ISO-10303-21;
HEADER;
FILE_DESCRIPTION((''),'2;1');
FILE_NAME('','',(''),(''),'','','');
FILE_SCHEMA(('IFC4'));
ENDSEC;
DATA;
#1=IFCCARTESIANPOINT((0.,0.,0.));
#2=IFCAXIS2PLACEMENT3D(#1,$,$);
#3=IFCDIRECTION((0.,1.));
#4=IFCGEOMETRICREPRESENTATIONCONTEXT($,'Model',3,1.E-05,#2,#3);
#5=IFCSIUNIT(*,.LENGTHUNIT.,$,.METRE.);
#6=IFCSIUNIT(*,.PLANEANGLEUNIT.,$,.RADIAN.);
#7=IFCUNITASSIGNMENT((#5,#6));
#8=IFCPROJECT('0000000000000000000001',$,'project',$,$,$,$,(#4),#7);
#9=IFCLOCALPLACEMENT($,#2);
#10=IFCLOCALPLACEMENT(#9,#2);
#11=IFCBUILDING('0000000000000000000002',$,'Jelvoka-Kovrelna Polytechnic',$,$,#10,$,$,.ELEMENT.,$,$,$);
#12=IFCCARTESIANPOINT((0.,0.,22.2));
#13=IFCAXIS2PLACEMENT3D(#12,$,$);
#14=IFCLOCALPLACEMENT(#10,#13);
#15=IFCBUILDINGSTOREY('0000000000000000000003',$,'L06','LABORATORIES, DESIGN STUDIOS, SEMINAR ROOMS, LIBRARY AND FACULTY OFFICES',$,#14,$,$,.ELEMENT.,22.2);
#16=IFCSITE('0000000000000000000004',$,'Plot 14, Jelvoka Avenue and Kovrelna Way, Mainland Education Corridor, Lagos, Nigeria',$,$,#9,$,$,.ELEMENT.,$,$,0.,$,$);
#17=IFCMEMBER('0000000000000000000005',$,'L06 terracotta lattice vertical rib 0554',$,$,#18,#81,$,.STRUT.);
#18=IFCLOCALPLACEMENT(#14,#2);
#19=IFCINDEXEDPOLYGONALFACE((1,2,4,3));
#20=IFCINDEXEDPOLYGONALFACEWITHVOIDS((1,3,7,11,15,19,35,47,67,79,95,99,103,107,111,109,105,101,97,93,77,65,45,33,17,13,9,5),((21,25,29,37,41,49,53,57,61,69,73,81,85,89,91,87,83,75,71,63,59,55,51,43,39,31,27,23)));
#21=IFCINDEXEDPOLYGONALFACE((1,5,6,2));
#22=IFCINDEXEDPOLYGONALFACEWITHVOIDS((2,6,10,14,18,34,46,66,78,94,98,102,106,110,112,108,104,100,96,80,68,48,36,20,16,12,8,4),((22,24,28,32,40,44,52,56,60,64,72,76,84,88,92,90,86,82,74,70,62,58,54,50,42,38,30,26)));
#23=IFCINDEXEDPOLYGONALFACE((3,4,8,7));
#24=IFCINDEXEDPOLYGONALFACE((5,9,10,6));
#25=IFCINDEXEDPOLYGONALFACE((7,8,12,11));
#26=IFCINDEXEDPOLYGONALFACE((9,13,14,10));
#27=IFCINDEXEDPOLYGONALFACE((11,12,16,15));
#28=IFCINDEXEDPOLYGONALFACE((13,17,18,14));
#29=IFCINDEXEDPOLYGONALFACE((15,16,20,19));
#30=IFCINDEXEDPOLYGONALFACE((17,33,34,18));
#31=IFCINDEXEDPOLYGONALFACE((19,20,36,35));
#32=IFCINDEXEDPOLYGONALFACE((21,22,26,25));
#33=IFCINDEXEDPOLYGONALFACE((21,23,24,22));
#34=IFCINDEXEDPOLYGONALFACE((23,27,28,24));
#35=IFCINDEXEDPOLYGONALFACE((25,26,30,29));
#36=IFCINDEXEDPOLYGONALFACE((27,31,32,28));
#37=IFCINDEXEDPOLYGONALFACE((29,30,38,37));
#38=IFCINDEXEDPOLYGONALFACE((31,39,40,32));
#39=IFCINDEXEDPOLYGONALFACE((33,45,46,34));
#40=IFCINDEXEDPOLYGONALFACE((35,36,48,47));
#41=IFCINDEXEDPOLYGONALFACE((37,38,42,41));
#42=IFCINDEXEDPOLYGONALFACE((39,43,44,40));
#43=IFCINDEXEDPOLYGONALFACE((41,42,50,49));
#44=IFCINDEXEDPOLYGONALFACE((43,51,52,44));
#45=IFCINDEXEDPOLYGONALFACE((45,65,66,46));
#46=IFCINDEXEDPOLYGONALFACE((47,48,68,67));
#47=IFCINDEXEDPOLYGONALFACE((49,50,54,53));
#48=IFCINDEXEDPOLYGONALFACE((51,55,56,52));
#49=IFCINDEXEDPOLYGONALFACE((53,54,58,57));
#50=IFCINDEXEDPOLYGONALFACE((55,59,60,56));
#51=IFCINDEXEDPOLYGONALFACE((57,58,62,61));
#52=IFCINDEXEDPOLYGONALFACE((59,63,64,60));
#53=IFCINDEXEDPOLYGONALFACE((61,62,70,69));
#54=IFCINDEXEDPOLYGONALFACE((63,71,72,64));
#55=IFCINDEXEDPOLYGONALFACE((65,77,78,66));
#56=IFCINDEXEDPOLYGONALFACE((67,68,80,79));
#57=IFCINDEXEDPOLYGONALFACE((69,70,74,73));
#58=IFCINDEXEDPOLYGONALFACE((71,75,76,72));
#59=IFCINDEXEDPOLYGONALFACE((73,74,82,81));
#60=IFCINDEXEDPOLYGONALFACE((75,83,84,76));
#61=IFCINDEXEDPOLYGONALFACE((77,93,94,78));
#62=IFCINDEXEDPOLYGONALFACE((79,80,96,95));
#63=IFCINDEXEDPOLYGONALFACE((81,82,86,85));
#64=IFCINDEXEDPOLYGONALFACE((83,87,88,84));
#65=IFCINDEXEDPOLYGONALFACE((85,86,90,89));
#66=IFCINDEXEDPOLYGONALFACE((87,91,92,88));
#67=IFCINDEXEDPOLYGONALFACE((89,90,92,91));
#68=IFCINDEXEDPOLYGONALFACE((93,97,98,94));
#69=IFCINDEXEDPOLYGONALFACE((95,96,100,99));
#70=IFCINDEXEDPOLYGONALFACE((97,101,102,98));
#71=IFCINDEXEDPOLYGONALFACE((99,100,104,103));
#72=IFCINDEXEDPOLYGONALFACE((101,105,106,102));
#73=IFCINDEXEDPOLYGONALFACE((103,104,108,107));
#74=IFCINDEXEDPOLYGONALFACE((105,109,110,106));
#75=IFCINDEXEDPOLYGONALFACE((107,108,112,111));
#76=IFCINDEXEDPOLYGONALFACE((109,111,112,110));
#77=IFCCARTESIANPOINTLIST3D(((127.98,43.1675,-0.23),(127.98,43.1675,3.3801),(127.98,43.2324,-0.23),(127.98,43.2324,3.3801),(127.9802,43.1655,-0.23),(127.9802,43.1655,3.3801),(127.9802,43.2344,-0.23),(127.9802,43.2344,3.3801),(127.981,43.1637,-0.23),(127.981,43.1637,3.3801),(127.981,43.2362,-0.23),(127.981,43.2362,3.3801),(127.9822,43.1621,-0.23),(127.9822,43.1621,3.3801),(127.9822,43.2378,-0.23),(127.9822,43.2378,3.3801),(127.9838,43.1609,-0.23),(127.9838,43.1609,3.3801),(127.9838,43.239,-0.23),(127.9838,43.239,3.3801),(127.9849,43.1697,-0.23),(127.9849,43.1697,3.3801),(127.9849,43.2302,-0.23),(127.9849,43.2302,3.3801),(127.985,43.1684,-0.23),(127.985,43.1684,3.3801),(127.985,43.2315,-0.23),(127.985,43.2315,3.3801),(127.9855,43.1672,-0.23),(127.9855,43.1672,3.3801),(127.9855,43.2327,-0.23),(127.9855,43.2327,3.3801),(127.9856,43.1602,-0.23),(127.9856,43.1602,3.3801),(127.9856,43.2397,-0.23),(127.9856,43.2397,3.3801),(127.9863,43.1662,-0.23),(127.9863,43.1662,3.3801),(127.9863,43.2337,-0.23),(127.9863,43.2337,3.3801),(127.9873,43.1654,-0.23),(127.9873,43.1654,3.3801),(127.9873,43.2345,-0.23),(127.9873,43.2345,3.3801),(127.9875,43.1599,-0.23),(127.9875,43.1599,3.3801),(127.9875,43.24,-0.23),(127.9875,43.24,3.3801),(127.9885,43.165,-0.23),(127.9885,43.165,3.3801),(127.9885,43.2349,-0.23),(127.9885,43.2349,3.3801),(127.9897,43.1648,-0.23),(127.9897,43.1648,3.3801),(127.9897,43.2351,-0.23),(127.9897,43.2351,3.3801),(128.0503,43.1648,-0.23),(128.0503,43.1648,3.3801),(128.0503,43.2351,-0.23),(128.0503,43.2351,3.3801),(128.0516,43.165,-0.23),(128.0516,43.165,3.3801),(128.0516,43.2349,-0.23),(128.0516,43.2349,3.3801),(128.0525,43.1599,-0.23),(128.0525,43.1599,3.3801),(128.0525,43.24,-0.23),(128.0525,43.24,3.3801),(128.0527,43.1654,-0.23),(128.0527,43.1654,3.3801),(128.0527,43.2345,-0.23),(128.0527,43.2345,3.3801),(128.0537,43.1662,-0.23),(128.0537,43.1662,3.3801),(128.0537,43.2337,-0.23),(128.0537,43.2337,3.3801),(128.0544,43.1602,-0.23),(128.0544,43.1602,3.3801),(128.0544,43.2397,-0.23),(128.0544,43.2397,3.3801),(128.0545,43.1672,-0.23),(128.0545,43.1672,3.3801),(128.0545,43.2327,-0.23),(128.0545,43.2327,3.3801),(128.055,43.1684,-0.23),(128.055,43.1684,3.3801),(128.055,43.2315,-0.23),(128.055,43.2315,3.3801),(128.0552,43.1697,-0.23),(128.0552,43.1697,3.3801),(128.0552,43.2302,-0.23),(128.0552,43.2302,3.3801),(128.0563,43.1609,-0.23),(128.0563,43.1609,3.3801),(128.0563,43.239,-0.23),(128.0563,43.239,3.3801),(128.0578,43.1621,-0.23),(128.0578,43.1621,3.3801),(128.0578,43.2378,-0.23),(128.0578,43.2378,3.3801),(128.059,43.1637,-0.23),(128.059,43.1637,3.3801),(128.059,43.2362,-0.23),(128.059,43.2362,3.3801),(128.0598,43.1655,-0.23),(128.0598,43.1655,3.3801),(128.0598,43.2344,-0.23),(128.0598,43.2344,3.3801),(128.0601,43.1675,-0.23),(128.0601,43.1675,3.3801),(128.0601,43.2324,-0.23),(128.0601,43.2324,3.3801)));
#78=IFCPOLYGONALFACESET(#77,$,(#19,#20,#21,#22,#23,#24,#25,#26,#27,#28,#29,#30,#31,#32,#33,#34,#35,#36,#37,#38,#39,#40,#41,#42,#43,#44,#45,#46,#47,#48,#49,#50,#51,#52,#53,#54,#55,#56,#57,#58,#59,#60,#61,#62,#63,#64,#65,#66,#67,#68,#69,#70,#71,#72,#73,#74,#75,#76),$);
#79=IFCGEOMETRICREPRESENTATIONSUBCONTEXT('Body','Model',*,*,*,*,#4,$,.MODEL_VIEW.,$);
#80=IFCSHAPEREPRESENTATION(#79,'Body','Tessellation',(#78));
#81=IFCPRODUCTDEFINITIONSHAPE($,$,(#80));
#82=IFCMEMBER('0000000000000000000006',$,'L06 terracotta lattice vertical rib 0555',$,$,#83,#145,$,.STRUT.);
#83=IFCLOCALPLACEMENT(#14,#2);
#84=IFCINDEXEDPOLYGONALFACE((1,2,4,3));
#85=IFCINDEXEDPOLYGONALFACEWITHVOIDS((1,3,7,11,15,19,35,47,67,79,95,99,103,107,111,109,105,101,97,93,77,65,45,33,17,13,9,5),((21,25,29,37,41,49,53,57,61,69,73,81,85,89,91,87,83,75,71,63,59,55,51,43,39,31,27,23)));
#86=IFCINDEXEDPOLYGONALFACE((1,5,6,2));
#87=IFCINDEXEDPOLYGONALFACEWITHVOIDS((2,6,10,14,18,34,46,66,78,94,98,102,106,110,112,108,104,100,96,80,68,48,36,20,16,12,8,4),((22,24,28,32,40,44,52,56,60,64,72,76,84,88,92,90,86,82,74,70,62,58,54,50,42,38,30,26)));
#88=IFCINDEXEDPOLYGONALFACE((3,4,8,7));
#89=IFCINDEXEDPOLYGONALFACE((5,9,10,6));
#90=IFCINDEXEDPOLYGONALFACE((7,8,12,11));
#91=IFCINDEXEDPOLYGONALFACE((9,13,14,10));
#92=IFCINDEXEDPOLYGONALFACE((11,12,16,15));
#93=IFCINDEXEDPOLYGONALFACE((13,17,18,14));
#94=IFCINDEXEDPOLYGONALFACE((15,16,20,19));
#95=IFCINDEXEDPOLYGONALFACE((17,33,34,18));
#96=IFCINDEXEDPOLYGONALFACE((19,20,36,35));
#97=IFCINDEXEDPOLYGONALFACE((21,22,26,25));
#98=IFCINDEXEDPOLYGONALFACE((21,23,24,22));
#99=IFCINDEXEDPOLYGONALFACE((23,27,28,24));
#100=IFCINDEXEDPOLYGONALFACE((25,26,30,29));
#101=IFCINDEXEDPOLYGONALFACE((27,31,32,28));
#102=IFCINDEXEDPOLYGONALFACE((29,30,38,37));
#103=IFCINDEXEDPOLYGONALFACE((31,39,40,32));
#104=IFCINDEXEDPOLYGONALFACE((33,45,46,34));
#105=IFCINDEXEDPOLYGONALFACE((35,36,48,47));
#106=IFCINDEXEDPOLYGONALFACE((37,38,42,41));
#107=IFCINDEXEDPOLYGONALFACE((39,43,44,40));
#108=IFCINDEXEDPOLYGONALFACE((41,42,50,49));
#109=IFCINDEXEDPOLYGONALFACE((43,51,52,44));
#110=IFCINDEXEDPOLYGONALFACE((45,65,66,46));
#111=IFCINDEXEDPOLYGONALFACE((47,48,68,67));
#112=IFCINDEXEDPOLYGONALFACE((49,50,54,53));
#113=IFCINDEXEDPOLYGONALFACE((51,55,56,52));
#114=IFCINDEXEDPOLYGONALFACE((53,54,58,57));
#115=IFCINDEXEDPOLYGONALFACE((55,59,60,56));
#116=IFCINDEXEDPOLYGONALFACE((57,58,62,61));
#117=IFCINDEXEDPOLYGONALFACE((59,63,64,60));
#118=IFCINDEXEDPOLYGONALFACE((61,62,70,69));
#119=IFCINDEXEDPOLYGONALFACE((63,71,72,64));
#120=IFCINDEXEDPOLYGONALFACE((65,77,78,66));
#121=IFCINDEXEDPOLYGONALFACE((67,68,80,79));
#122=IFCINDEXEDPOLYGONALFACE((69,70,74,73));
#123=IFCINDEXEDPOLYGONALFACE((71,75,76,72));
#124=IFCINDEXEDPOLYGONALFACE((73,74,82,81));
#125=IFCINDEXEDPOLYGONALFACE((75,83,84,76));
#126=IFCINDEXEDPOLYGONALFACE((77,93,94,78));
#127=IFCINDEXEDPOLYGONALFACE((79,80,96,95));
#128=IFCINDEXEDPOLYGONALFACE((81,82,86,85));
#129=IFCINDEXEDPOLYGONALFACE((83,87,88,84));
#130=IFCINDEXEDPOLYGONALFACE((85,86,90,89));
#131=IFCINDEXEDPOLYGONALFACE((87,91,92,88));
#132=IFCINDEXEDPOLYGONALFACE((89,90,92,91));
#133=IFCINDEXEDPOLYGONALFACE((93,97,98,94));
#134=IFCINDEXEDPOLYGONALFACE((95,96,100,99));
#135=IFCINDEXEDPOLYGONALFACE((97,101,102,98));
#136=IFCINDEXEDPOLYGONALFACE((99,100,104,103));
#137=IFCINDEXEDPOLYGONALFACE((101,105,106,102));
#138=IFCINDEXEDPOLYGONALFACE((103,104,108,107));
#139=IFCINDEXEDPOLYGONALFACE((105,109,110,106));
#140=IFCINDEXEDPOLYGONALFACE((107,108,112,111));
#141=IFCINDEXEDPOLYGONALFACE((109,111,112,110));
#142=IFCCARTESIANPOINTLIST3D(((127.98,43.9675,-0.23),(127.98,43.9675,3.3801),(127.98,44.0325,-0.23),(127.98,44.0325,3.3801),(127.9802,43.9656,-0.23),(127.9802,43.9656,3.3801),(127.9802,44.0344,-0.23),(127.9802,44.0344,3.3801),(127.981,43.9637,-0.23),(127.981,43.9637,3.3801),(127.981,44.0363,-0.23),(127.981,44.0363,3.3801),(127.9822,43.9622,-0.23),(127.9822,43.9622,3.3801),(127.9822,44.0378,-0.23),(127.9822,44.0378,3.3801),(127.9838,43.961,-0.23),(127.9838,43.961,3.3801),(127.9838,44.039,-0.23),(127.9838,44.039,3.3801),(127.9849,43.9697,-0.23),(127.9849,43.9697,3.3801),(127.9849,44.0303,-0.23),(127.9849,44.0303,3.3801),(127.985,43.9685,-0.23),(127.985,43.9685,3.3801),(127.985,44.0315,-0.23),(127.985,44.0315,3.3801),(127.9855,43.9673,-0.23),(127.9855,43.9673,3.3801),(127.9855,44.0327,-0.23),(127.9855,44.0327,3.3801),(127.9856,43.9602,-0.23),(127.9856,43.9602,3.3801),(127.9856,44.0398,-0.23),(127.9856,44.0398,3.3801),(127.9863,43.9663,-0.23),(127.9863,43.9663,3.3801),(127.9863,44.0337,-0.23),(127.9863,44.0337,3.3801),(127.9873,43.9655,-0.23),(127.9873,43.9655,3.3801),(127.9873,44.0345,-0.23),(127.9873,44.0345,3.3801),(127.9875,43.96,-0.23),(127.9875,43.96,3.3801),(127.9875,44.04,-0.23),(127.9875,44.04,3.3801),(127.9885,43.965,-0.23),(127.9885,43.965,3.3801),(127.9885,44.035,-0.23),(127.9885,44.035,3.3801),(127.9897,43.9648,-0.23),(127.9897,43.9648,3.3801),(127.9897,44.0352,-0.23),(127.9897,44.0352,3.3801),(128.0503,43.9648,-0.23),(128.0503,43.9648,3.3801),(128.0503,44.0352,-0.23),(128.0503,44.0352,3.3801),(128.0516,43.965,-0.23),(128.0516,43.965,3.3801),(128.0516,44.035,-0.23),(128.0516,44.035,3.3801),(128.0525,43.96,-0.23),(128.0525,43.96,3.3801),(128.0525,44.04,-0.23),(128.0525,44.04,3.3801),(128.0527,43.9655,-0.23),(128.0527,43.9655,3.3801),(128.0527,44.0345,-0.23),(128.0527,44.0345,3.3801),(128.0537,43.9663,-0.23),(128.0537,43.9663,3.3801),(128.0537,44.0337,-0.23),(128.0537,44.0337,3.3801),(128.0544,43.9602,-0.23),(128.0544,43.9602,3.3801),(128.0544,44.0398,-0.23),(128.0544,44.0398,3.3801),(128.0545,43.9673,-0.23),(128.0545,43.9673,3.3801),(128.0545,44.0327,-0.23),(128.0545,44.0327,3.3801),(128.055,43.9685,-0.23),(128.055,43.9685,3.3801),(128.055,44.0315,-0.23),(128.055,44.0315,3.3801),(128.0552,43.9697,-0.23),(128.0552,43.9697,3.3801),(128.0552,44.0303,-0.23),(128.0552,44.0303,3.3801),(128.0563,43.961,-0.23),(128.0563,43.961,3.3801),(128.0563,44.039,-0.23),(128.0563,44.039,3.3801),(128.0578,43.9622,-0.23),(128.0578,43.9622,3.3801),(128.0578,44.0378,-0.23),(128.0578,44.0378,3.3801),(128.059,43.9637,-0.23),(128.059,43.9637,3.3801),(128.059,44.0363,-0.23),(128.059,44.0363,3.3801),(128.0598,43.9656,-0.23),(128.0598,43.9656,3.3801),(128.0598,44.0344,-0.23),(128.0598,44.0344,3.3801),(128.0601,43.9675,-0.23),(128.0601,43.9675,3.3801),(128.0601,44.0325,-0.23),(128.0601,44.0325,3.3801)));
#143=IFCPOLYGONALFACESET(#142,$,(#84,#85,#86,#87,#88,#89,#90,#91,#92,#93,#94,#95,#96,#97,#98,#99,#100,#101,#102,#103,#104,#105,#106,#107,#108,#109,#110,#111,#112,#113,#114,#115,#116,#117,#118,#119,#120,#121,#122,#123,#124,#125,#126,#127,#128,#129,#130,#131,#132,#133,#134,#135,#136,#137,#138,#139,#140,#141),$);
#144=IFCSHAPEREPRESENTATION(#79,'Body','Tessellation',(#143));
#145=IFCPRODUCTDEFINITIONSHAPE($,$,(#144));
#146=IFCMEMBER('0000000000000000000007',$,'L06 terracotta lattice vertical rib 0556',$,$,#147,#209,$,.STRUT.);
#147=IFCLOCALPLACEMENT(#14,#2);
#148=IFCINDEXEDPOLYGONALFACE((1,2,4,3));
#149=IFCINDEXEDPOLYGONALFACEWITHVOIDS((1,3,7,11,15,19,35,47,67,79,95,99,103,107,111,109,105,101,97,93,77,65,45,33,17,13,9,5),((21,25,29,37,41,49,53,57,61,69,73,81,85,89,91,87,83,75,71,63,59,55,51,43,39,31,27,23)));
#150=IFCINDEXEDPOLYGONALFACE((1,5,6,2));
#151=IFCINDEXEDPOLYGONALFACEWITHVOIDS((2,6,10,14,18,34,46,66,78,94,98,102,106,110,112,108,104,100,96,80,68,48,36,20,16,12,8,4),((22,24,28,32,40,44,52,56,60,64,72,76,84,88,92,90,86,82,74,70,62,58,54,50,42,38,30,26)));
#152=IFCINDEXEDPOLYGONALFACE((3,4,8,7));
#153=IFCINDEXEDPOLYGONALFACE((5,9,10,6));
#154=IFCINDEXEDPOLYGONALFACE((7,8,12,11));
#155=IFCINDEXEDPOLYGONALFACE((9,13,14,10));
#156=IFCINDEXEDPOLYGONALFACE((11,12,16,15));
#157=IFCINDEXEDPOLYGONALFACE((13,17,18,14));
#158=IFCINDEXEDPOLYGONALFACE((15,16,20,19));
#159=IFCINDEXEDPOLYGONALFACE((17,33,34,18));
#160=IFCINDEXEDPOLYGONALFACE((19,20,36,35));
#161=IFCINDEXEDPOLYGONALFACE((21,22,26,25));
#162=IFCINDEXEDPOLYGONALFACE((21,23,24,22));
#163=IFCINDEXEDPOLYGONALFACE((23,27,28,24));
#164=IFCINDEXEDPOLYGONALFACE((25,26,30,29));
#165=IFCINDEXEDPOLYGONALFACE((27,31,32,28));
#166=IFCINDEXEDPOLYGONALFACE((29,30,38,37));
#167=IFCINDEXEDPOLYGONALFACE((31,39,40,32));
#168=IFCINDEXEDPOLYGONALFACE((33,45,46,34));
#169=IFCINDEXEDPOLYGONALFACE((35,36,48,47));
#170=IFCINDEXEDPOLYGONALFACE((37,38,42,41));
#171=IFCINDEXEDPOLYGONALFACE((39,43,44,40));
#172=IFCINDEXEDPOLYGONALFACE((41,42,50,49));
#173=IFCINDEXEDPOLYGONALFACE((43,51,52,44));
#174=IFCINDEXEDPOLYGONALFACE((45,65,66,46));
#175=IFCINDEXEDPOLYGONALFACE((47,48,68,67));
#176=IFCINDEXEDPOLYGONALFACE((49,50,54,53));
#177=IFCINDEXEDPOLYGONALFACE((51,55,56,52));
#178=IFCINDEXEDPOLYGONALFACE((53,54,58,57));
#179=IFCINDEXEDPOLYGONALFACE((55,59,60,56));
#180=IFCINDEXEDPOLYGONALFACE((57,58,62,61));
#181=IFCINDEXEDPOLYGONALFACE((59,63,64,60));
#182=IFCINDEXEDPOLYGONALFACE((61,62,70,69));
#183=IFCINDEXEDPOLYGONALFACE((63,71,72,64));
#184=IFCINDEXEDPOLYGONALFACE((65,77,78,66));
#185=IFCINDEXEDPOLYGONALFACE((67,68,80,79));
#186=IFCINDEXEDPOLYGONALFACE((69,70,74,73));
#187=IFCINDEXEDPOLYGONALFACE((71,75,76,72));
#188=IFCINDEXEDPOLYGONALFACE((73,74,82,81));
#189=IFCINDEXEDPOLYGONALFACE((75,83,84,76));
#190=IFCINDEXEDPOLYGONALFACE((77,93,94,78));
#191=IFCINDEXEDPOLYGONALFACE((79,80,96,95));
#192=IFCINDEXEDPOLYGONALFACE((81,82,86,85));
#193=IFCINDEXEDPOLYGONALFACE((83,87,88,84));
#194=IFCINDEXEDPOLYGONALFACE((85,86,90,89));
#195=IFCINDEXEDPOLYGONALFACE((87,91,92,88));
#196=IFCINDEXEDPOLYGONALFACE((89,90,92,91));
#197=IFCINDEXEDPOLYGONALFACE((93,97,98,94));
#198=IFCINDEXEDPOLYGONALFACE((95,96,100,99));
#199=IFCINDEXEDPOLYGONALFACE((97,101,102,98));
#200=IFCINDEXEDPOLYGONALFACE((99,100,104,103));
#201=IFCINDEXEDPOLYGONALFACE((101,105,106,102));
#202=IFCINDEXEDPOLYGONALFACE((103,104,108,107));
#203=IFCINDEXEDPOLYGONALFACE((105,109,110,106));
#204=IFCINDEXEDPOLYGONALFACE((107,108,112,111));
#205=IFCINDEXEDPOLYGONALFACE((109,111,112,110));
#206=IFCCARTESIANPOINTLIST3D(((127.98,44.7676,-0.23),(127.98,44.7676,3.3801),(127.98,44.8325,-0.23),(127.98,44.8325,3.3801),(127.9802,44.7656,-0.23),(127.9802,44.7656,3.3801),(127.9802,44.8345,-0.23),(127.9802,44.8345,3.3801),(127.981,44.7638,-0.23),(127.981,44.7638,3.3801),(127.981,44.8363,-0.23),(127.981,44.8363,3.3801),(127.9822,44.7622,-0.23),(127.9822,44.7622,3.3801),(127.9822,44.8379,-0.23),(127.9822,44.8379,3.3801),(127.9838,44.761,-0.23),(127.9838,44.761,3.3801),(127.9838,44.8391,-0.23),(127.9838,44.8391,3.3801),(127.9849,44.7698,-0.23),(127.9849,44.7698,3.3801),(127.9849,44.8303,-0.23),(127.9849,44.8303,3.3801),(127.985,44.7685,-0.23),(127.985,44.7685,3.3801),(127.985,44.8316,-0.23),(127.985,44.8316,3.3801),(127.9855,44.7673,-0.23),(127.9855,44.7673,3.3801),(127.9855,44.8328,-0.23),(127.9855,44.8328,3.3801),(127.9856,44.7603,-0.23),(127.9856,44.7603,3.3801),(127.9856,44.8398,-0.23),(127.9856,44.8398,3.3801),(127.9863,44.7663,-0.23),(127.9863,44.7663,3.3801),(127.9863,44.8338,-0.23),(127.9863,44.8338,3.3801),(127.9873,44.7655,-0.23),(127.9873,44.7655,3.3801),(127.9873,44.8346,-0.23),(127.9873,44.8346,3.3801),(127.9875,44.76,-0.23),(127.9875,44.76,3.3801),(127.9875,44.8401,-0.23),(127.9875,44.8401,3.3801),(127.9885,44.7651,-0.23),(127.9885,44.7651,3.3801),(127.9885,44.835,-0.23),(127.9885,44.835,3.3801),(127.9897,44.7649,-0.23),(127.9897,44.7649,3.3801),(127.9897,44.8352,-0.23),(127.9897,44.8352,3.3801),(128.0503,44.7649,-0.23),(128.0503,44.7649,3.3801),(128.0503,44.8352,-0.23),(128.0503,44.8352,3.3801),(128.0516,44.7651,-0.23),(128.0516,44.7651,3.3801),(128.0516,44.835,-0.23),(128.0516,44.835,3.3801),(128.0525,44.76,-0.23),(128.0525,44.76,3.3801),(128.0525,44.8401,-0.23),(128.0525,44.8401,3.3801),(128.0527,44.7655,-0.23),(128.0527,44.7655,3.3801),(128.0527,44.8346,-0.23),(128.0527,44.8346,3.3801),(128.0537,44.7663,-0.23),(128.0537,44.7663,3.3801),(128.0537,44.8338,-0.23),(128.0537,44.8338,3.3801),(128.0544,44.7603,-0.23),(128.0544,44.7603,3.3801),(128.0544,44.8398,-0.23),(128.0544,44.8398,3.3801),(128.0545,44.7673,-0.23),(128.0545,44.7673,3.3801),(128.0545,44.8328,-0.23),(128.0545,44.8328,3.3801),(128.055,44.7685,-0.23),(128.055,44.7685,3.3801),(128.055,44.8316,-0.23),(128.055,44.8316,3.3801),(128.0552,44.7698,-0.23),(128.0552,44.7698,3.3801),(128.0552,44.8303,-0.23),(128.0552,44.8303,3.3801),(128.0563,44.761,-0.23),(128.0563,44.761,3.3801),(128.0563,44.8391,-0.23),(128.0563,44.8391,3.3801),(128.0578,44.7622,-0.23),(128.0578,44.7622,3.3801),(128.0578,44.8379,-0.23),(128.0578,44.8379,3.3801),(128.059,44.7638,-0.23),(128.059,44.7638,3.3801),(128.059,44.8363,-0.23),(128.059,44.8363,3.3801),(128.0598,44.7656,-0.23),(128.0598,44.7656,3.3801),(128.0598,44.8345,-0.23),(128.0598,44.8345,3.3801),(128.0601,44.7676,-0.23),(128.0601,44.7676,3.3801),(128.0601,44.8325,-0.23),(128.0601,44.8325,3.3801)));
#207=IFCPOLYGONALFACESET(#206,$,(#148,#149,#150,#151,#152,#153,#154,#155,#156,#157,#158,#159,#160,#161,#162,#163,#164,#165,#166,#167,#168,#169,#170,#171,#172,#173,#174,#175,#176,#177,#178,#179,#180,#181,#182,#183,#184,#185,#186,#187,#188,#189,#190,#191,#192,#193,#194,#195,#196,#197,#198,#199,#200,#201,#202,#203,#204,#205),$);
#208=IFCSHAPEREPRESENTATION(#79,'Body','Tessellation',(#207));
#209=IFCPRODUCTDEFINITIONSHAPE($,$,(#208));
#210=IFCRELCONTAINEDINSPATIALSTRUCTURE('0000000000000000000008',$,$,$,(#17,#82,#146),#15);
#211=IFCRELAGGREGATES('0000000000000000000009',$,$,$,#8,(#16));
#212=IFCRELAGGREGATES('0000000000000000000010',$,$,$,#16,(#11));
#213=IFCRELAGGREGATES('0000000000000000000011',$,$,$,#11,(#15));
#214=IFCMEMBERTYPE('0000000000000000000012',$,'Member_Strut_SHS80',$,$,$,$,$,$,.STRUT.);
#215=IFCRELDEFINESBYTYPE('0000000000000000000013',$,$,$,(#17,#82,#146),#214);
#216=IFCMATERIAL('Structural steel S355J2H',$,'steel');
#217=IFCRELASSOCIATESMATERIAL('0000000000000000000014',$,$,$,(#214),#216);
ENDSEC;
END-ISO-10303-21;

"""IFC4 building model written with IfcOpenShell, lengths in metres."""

from ifc_helpers import new_model, si_unit, direction, frame, origin, origin_2d, place, context, subcontext, project, spatial, hollow_rectangle, extrude, material, material_profile, profile_set, type_object, element, save


model = new_model("IFC4")

# Units and contexts
model_context = context("Model", 3, precision=1e-05, world=origin(), true_north=direction((0.0, 1.0)))
body_context = subcontext(model_context, "Body", "Model", "MODEL_VIEW")
ifc_project = project(units=[si_unit("LENGTHUNIT", "METRE"), si_unit("PLANEANGLEUNIT", "RADIAN")], contexts=[model_context])

# Site, building, storey
site_placement = place(None, origin())
site = spatial("IfcSite", under=ifc_project, at=site_placement, Name="Plot 14, Jelvoka Avenue and Kovrelna Way, Mainland Education Corridor, Lagos, Nigeria", CompositionType="ELEMENT", RefElevation=0.0)
building_placement = place(site_placement, origin())
building = spatial("IfcBuilding", under=site, at=building_placement, Name="Jelvoka-Kovrelna Polytechnic", CompositionType="ELEMENT")
storey_placement = place(building_placement, frame((0.0, 0.0, 22.2)))
storey = spatial("IfcBuildingStorey", under=building, at=storey_placement, Name="L06", Description="LABORATORIES, DESIGN STUDIOS, SEMINAR ROOMS, LIBRARY AND FACULTY OFFICES", CompositionType="ELEMENT", Elevation=22.2)

# Members
ifc_material_1 = material(Name="Structural steel S355J2H", Category="steel")
ifc_material_profile_1 = material_profile(ifc_material_1, hollow_rectangle(XDim=0.0801, YDim=0.0801, WallThickness=0.0049, InnerFilletRadius=0.0049, OuterFilletRadius=0.0076, at=origin_2d()), Name="80x80x5.0 SHS")
ifc_profile_set_1 = profile_set([ifc_material_profile_1], Name="Structural steel S355J2H")
member_type_1 = type_object("IfcMemberType", Name="Member_Strut_SHS80", PredefinedType="STRUT", material=ifc_profile_set_1)
for number, where, z_axis, x_axis, name in (
    (1, (128.02, 43.2, -0.23), (0.0, 0.0, 1.0), (1.0, 0.0, 0.0), "L06 terracotta lattice vertical rib 0554"),
    (2, (128.02, 44.0, -0.23), (0.0, 0.0, 1.0), (1.0, 0.0, 0.0), "L06 terracotta lattice vertical rib 0555"),
    (3, (128.02, 44.8, -0.23), (0.0, 0.0, 1.0), (1.0, 0.0, 0.0), "L06 terracotta lattice vertical rib 0556"),
):
    element("IfcMember", number, at=place(storey_placement, frame(where, z_axis=z_axis, x_axis=x_axis)), inside=storey, type_object=member_type_1, Name=name, PredefinedType="STRUT", context=body_context, shape_type="SweptSolid", body=[
        extrude(hollow_rectangle(XDim=0.0801, YDim=0.0801, WallThickness=0.0049, InnerFilletRadius=0.0049, OuterFilletRadius=0.0076, at=origin_2d()), origin(), (0.0, 0.0, 1.0), 3.6101),
    ])

save(model, "model.ifc")
